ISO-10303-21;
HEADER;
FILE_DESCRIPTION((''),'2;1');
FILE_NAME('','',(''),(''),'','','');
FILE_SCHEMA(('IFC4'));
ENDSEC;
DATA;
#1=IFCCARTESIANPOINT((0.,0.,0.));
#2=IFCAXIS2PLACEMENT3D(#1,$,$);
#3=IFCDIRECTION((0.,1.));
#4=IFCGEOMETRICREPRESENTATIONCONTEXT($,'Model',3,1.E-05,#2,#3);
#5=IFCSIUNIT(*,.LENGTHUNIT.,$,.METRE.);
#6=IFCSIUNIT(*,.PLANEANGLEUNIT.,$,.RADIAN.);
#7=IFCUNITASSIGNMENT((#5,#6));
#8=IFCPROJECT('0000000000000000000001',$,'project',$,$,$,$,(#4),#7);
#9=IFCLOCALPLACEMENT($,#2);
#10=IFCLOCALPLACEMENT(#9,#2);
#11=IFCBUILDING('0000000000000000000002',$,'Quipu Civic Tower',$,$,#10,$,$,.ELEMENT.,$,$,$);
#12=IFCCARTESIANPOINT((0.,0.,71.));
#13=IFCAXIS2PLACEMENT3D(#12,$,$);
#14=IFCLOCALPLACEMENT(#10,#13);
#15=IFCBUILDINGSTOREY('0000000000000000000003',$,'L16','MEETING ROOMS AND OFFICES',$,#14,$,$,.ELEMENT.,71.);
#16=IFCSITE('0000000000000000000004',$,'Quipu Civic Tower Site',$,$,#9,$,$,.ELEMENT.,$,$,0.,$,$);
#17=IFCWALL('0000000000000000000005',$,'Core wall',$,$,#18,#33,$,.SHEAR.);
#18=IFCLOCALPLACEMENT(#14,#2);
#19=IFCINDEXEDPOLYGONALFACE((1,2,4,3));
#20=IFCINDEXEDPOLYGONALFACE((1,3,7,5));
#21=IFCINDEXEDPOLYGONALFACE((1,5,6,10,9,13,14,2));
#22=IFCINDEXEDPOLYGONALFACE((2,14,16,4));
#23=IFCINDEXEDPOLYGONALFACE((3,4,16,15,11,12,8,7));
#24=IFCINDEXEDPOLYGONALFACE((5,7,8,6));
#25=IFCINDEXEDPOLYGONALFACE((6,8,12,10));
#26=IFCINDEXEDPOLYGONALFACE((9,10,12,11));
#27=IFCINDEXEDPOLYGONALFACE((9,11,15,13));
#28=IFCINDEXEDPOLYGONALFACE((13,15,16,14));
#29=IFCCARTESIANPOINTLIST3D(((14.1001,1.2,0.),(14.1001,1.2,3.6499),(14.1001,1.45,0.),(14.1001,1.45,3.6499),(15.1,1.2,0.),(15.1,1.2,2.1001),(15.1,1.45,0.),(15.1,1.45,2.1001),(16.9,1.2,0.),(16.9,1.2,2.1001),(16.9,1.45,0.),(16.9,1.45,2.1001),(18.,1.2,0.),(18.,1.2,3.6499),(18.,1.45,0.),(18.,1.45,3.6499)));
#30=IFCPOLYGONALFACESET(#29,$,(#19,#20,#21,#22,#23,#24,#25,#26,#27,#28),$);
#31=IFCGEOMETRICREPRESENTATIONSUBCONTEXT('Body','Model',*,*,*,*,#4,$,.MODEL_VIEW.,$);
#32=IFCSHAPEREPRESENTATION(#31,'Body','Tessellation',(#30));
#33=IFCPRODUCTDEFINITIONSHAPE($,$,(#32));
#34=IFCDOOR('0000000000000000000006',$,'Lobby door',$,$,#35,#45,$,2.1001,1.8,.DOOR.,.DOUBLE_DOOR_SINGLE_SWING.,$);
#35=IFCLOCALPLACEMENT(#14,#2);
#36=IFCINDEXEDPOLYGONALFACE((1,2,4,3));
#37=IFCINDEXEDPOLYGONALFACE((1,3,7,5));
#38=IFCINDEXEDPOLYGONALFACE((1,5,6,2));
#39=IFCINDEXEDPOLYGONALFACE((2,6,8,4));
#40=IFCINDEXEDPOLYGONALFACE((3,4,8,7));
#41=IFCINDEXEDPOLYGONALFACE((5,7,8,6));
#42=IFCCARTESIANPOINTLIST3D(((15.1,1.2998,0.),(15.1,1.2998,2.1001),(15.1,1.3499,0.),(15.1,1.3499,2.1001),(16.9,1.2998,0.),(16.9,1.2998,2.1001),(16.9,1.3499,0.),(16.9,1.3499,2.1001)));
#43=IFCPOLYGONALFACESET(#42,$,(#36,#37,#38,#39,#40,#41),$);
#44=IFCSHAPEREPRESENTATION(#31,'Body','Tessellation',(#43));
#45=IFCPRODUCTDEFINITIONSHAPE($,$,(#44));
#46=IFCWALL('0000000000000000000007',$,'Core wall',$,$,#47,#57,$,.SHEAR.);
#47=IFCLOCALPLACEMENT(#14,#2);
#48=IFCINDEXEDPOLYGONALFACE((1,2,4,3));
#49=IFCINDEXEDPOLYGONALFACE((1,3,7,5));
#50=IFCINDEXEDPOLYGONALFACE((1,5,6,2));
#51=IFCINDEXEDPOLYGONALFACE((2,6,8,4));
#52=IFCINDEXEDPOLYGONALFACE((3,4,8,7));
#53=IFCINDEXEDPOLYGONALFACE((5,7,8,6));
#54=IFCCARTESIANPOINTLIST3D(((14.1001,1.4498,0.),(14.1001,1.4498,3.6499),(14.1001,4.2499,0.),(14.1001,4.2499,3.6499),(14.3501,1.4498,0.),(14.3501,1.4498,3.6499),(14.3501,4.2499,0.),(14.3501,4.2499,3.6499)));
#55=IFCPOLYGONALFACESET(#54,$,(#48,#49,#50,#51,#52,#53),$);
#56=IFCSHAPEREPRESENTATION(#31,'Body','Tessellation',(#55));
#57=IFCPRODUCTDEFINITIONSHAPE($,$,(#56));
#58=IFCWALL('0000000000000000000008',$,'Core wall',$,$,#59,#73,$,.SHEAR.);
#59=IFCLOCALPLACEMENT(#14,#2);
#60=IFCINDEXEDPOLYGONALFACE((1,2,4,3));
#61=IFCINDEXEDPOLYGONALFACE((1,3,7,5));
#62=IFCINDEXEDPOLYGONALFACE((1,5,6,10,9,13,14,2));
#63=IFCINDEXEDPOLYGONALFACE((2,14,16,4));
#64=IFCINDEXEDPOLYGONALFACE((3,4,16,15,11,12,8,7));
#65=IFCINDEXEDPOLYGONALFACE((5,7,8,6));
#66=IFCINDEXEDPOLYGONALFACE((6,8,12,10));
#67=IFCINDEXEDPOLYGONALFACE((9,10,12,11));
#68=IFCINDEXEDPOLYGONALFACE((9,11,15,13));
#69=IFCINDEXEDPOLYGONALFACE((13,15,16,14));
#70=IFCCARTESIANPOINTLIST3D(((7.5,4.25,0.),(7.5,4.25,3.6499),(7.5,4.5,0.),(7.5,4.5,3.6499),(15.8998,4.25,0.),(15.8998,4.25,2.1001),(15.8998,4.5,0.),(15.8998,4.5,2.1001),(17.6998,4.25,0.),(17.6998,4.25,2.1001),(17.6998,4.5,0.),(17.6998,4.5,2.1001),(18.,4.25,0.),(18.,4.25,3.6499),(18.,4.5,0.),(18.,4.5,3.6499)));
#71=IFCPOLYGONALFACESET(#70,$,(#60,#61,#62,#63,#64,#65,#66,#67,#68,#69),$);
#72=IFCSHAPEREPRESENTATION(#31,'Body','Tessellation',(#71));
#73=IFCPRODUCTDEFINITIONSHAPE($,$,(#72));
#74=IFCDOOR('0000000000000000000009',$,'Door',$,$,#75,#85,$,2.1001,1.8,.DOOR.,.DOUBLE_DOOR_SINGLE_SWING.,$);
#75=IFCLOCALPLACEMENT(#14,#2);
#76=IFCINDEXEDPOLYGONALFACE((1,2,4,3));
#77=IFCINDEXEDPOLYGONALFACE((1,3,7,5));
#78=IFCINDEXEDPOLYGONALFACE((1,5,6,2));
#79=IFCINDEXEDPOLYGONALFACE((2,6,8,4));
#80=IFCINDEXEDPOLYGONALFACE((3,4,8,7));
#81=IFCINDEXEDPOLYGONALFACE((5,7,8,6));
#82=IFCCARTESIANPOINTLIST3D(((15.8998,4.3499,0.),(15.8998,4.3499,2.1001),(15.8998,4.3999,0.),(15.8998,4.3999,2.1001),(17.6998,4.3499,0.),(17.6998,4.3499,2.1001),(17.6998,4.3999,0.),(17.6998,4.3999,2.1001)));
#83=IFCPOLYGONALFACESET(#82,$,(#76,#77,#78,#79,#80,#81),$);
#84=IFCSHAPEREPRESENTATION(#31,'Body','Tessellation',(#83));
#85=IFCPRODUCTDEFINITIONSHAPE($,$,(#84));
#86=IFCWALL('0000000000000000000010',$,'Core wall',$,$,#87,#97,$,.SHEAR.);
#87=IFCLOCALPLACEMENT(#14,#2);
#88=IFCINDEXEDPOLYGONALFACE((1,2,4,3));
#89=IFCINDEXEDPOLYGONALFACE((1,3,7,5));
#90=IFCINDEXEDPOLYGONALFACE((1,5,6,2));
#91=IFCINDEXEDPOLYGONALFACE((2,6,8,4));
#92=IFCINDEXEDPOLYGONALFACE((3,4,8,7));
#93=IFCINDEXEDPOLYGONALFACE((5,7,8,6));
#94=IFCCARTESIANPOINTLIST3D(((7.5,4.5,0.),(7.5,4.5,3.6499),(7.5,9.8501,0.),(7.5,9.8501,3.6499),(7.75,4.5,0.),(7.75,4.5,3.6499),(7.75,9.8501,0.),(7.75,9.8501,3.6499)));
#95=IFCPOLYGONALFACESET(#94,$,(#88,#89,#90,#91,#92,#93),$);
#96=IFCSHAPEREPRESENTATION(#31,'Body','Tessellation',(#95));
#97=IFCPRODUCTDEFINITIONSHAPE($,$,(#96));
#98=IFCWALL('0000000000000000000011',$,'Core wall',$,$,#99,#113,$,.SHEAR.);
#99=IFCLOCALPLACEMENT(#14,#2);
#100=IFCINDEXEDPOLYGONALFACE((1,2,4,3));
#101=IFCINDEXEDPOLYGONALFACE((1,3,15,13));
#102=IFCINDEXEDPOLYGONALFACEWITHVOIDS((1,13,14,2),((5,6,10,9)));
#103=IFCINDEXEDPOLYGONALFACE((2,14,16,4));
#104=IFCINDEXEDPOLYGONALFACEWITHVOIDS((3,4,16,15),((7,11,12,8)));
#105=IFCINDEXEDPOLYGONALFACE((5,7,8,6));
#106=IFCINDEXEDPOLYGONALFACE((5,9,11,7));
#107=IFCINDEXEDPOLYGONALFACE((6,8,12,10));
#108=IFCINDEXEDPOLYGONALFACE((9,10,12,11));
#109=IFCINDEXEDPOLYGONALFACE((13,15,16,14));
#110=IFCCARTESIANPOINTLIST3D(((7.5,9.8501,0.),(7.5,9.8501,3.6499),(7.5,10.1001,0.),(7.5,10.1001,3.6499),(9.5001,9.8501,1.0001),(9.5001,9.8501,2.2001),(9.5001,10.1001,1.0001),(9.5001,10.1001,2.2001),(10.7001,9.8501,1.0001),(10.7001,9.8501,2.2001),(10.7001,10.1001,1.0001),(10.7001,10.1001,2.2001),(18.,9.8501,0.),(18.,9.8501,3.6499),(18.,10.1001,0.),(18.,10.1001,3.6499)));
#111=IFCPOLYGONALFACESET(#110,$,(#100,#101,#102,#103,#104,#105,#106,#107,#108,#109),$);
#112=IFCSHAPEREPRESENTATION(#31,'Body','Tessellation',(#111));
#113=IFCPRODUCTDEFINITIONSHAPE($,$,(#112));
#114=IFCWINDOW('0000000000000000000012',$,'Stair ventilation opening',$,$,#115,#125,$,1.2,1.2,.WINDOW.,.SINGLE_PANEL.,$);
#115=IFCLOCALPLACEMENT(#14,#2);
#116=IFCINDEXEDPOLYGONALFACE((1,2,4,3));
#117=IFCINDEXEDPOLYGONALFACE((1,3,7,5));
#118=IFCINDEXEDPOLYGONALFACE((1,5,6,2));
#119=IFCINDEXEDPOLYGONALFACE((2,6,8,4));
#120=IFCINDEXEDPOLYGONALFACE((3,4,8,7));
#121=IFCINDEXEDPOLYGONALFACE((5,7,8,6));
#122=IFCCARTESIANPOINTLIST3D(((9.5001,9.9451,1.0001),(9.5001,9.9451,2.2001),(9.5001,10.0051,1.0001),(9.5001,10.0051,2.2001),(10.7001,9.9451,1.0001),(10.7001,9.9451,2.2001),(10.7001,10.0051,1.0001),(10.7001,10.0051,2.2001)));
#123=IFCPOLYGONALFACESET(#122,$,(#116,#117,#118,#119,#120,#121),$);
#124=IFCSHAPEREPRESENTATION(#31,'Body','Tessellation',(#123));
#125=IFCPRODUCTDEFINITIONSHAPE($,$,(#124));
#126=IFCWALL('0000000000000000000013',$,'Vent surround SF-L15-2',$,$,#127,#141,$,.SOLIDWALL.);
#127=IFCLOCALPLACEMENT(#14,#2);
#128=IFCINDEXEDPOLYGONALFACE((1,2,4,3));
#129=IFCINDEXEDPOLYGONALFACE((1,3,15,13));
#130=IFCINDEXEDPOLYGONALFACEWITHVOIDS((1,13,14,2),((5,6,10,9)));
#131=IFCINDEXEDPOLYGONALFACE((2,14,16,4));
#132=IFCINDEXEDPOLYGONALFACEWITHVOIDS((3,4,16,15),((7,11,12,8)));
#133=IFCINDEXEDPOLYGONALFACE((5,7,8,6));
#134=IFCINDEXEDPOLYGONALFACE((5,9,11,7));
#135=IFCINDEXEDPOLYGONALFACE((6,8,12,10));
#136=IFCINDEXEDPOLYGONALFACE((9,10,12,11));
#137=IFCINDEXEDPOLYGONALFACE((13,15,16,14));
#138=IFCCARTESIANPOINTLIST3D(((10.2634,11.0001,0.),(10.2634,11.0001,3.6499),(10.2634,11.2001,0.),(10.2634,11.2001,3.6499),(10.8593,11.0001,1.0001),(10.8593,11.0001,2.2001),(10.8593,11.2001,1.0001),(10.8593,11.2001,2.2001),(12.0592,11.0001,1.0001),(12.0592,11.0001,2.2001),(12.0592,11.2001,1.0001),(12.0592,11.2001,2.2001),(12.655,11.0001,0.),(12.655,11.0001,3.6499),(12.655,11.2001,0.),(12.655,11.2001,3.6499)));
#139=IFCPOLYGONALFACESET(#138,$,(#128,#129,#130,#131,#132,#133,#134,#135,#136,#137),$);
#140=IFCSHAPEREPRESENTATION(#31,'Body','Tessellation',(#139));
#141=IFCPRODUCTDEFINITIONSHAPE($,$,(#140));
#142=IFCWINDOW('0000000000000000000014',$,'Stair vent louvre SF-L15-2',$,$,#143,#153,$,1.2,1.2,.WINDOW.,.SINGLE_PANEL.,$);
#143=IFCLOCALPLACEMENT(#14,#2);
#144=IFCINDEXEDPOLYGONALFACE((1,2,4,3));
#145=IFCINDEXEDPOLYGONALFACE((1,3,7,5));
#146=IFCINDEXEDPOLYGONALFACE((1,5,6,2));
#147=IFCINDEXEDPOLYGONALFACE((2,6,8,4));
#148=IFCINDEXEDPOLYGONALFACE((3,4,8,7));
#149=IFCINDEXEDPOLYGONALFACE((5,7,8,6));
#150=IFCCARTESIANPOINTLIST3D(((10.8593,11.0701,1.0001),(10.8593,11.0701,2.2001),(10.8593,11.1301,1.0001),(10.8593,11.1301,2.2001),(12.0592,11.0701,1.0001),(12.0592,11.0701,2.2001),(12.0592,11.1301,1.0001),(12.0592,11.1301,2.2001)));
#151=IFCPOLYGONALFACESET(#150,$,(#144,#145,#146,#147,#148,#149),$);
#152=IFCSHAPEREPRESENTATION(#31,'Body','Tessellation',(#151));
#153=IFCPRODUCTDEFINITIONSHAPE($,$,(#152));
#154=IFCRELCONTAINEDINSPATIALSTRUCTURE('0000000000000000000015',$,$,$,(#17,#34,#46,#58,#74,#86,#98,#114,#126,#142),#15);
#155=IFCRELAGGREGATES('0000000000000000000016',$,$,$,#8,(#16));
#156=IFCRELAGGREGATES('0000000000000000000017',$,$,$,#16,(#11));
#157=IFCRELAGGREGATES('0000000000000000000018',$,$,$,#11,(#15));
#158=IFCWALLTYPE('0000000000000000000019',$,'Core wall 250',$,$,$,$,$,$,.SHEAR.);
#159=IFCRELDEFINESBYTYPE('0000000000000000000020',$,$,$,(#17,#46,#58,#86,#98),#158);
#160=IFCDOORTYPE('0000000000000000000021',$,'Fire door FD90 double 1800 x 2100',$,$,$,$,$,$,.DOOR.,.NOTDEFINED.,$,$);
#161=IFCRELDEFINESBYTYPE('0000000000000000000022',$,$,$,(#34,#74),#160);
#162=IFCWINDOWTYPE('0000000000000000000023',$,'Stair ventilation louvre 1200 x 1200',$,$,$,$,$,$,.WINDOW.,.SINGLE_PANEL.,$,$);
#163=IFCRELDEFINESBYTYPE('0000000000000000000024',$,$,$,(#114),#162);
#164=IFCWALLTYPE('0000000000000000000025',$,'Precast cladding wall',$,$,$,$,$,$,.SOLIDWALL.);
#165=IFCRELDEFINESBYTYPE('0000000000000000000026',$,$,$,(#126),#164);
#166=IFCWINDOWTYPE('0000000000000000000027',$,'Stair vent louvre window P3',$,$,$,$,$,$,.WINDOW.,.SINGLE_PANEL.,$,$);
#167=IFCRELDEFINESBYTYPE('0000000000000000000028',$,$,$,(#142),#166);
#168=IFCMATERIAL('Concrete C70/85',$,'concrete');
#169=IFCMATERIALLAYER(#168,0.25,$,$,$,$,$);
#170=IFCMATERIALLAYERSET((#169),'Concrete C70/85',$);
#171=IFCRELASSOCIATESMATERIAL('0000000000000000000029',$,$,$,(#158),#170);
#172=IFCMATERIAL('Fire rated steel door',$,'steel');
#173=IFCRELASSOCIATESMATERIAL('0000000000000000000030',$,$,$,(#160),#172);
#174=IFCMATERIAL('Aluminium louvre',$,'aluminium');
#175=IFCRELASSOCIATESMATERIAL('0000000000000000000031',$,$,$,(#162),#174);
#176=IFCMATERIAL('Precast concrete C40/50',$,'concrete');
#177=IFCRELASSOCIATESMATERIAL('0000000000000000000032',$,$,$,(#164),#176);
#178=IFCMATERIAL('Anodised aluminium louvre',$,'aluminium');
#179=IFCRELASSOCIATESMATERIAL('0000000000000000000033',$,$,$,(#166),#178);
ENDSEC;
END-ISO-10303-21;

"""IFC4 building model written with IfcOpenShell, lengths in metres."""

from ifc_helpers import new_model, si_unit, direction, frame, frame_2d, origin, place, context, subcontext, project, spatial, rectangle, extrude, material, layer, layer_set, type_object, element, fill, save


model = new_model("IFC4")

# Units and contexts
model_context = context("Model", 3, precision=1e-05, world=origin(), true_north=direction((0.0, 1.0)))
body_context = subcontext(model_context, "Body", "Model", "MODEL_VIEW")
ifc_project = project(units=[si_unit("LENGTHUNIT", "METRE"), si_unit("PLANEANGLEUNIT", "RADIAN")], contexts=[model_context])

# Site, building, storey
site_placement = place(None, origin())
site = spatial("IfcSite", under=ifc_project, at=site_placement, Name="Quipu Civic Tower Site", CompositionType="ELEMENT", RefElevation=0.0)
building_placement = place(site_placement, origin())
building = spatial("IfcBuilding", under=site, at=building_placement, Name="Quipu Civic Tower", CompositionType="ELEMENT")
storey_placement = place(building_placement, frame((0.0, 0.0, 71.0)))
storey = spatial("IfcBuildingStorey", under=building, at=storey_placement, Name="L16", Description="MEETING ROOMS AND OFFICES", CompositionType="ELEMENT", Elevation=71.0)

# Wall, opening, door
ifc_material_1 = material(Name="Concrete C70/85", Category="concrete")
ifc_layer_1 = layer(ifc_material_1, 0.25)
ifc_layer_set_1 = layer_set([ifc_layer_1], Name="Concrete C70/85")
wall_type_1 = type_object("IfcWallType", Name="Core wall 250", PredefinedType="SHEAR", material=ifc_layer_set_1)
wall_1_placement = place(storey_placement, frame((14.1001, 1.325, 0.0), z_axis=(0.0, 0.0, 1.0), x_axis=(1.0, 0.0, 0.0)))
wall_1 = element("IfcWall", 1, at=wall_1_placement, inside=storey, type_object=wall_type_1, Name="Core wall", PredefinedType="SHEAR", context=body_context, shape_type="SweptSolid", body=[
    extrude(rectangle(XDim=3.8999, YDim=0.25, at=frame_2d((1.95, 0.0))), origin(), (0.0, 0.0, 1.0), 3.6499),
])
opening_1_placement = place(wall_1_placement, frame((1.0, 0.0, 0.0)))
opening_1 = element("IfcOpeningElement", 2, at=opening_1_placement, cuts=wall_1, PredefinedType="OPENING", context=body_context, shape_type="SweptSolid", body=[
    extrude(rectangle(XDim=1.8, YDim=2.1001, at=frame_2d((0.8999, 1.05))), frame((0.0, 0.135, 0.0), z_axis=(0.0, -1.0, 0.0), x_axis=(1.0, 0.0, 0.0)), (0.0, 0.0, 1.0), 0.27),
])
ifc_material_2 = material(Name="Fire rated steel door", Category="steel")
door_type = type_object("IfcDoorType", Name="Fire door FD90 double 1800 x 2100", OperationType="NOTDEFINED", PredefinedType="DOOR", material=ifc_material_2)
door_1_placement = place(opening_1_placement, origin())
door_1 = element("IfcDoor", 3, at=door_1_placement, inside=storey, type_object=door_type, Name="Lobby door", OperationType="DOUBLE_DOOR_SINGLE_SWING", OverallHeight=2.1001, OverallWidth=1.8, PredefinedType="DOOR", context=body_context, shape_type="SweptSolid", body=[
    extrude(rectangle(XDim=1.8, YDim=2.1001, at=frame_2d((0.8999, 1.05))), frame((0.0, 0.0249, 0.0), z_axis=(0.0, -1.0, 0.0), x_axis=(1.0, 0.0, 0.0)), (0.0, 0.0, 1.0), 0.05),
])
fill(opening_1, door_1)

# Wall
wall_2_placement = place(storey_placement, frame((14.2251, 1.45, 0.0), z_axis=(0.0, 0.0, 1.0), x_axis=(0.0, 1.0, 0.0)))
element("IfcWall", 4, at=wall_2_placement, inside=storey, type_object=wall_type_1, Name="Core wall", PredefinedType="SHEAR", context=body_context, shape_type="SweptSolid", body=[
    extrude(rectangle(XDim=2.8, YDim=0.25, at=frame_2d((1.3999, 0.0))), origin(), (0.0, 0.0, 1.0), 3.6499),
])

# Wall, opening, door
wall_3_placement = place(storey_placement, frame((7.5, 4.375, 0.0), z_axis=(0.0, 0.0, 1.0), x_axis=(1.0, 0.0, 0.0)))
wall_3 = element("IfcWall", 5, at=wall_3_placement, inside=storey, type_object=wall_type_1, Name="Core wall", PredefinedType="SHEAR", context=body_context, shape_type="SweptSolid", body=[
    extrude(rectangle(XDim=10.5, YDim=0.25, at=frame_2d((5.25, 0.0))), origin(), (0.0, 0.0, 1.0), 3.6499),
])
opening_2_placement = place(wall_3_placement, frame((8.3999, 0.0, 0.0)))
opening_2 = element("IfcOpeningElement", 6, at=opening_2_placement, cuts=wall_3, PredefinedType="OPENING", context=body_context, shape_type="SweptSolid", body=[
    extrude(rectangle(XDim=1.8, YDim=2.1001, at=frame_2d((0.8999, 1.05))), frame((0.0, 0.135, 0.0), z_axis=(0.0, -1.0, 0.0), x_axis=(1.0, 0.0, 0.0)), (0.0, 0.0, 1.0), 0.27),
])
door_2_placement = place(opening_2_placement, origin())
door_2 = element("IfcDoor", 7, at=door_2_placement, inside=storey, type_object=door_type, Name="Door", OperationType="DOUBLE_DOOR_SINGLE_SWING", OverallHeight=2.1001, OverallWidth=1.8, PredefinedType="DOOR", context=body_context, shape_type="SweptSolid", body=[
    extrude(rectangle(XDim=1.8, YDim=2.1001, at=frame_2d((0.8999, 1.05))), frame((0.0, 0.0249, 0.0), z_axis=(0.0, -1.0, 0.0), x_axis=(1.0, 0.0, 0.0)), (0.0, 0.0, 1.0), 0.05),
])
fill(opening_2, door_2)

# Wall
wall_4_placement = place(storey_placement, frame((7.625, 4.5, 0.0), z_axis=(0.0, 0.0, 1.0), x_axis=(0.0, 1.0, 0.0)))
element("IfcWall", 8, at=wall_4_placement, inside=storey, type_object=wall_type_1, Name="Core wall", PredefinedType="SHEAR", context=body_context, shape_type="SweptSolid", body=[
    extrude(rectangle(XDim=5.3501, YDim=0.25, at=frame_2d((2.675, 0.0))), origin(), (0.0, 0.0, 1.0), 3.6499),
])

# Walls, openings, windows
wall_5_placement = place(storey_placement, frame((7.5, 9.9751, 0.0), z_axis=(0.0, 0.0, 1.0), x_axis=(1.0, 0.0, 0.0)))
wall_5 = element("IfcWall", 9, at=wall_5_placement, inside=storey, type_object=wall_type_1, Name="Core wall", PredefinedType="SHEAR", context=body_context, shape_type="SweptSolid", body=[
    extrude(rectangle(XDim=10.5, YDim=0.25, at=frame_2d((5.25, 0.0))), origin(), (0.0, 0.0, 1.0), 3.6499),
])
opening_3_placement = place(wall_5_placement, frame((2.0, 0.0, 1.0)))
opening_3 = element("IfcOpeningElement", 10, at=opening_3_placement, cuts=wall_5, PredefinedType="OPENING", context=body_context, shape_type="SweptSolid", body=[
    extrude(rectangle(XDim=1.2, YDim=1.2, at=frame_2d((0.6001, 0.6001))), frame((0.0, 0.135, 0.0), z_axis=(0.0, -1.0, 0.0), x_axis=(1.0, 0.0, 0.0)), (0.0, 0.0, 1.0), 0.27),
])
ifc_material_3 = material(Name="Aluminium louvre", Category="aluminium")
window_type_1 = type_object("IfcWindowType", Name="Stair ventilation louvre 1200 x 1200", PartitioningType="SINGLE_PANEL", PredefinedType="WINDOW", material=ifc_material_3)
window_1_placement = place(opening_3_placement, origin())
window_1 = element("IfcWindow", 11, at=window_1_placement, inside=storey, type_object=window_type_1, Name="Stair ventilation opening", OverallHeight=1.2, OverallWidth=1.2, PartitioningType="SINGLE_PANEL", PredefinedType="WINDOW", context=body_context, shape_type="SweptSolid", body=[
    extrude(rectangle(XDim=1.2, YDim=1.2, at=frame_2d((0.6001, 0.6001))), frame((0.0, 0.03, 0.0), z_axis=(0.0, -1.0, 0.0), x_axis=(1.0, 0.0, 0.0)), (0.0, 0.0, 1.0), 0.0601),
])
fill(opening_3, window_1)
ifc_material_4 = material(Name="Precast concrete C40/50", Category="concrete")
wall_type_2 = type_object("IfcWallType", Name="Precast cladding wall", PredefinedType="SOLIDWALL", material=ifc_material_4)
wall_6_placement = place(storey_placement, frame((12.655, 11.1001, 0.0), z_axis=(0.0, 0.0, 1.0), x_axis=(-1.0, 0.0, 0.0)))
wall_6 = element("IfcWall", 12, at=wall_6_placement, inside=storey, type_object=wall_type_2, Name="Vent surround SF-L15-2", PredefinedType="SOLIDWALL", context=body_context, shape_type="SweptSolid", body=[
    extrude(rectangle(XDim=2.3916, YDim=0.2, at=frame_2d((1.1958, 0.0))), origin(), (0.0, 0.0, 1.0), 3.6499),
])
opening_4_placement = place(wall_6_placement, frame((0.5957, 0.0, 1.0)))
opening_4 = element("IfcOpeningElement", 13, at=opening_4_placement, cuts=wall_6, PredefinedType="OPENING", context=body_context, shape_type="SweptSolid", body=[
    extrude(rectangle(XDim=1.2, YDim=1.2, at=frame_2d((0.6001, 0.6001))), frame((0.0, 0.1099, 0.0), z_axis=(0.0, -1.0, 0.0), x_axis=(1.0, 0.0, 0.0)), (0.0, 0.0, 1.0), 0.22),
])
ifc_material_5 = material(Name="Anodised aluminium louvre", Category="aluminium")
window_type_2 = type_object("IfcWindowType", Name="Stair vent louvre window P3", PartitioningType="SINGLE_PANEL", PredefinedType="WINDOW", material=ifc_material_5)
window_2_placement = place(opening_4_placement, origin())
window_2 = element("IfcWindow", 14, at=window_2_placement, inside=storey, type_object=window_type_2, Name="Stair vent louvre SF-L15-2", OverallHeight=1.2, OverallWidth=1.2, PartitioningType="SINGLE_PANEL", PredefinedType="WINDOW", context=body_context, shape_type="SweptSolid", body=[
    extrude(rectangle(XDim=1.2, YDim=1.2, at=frame_2d((0.6001, 0.6001))), frame((0.0, 0.03, 0.0), z_axis=(0.0, -1.0, 0.0), x_axis=(1.0, 0.0, 0.0)), (0.0, 0.0, 1.0), 0.0601),
])
fill(opening_4, window_2)

save(model, "model.ifc")
